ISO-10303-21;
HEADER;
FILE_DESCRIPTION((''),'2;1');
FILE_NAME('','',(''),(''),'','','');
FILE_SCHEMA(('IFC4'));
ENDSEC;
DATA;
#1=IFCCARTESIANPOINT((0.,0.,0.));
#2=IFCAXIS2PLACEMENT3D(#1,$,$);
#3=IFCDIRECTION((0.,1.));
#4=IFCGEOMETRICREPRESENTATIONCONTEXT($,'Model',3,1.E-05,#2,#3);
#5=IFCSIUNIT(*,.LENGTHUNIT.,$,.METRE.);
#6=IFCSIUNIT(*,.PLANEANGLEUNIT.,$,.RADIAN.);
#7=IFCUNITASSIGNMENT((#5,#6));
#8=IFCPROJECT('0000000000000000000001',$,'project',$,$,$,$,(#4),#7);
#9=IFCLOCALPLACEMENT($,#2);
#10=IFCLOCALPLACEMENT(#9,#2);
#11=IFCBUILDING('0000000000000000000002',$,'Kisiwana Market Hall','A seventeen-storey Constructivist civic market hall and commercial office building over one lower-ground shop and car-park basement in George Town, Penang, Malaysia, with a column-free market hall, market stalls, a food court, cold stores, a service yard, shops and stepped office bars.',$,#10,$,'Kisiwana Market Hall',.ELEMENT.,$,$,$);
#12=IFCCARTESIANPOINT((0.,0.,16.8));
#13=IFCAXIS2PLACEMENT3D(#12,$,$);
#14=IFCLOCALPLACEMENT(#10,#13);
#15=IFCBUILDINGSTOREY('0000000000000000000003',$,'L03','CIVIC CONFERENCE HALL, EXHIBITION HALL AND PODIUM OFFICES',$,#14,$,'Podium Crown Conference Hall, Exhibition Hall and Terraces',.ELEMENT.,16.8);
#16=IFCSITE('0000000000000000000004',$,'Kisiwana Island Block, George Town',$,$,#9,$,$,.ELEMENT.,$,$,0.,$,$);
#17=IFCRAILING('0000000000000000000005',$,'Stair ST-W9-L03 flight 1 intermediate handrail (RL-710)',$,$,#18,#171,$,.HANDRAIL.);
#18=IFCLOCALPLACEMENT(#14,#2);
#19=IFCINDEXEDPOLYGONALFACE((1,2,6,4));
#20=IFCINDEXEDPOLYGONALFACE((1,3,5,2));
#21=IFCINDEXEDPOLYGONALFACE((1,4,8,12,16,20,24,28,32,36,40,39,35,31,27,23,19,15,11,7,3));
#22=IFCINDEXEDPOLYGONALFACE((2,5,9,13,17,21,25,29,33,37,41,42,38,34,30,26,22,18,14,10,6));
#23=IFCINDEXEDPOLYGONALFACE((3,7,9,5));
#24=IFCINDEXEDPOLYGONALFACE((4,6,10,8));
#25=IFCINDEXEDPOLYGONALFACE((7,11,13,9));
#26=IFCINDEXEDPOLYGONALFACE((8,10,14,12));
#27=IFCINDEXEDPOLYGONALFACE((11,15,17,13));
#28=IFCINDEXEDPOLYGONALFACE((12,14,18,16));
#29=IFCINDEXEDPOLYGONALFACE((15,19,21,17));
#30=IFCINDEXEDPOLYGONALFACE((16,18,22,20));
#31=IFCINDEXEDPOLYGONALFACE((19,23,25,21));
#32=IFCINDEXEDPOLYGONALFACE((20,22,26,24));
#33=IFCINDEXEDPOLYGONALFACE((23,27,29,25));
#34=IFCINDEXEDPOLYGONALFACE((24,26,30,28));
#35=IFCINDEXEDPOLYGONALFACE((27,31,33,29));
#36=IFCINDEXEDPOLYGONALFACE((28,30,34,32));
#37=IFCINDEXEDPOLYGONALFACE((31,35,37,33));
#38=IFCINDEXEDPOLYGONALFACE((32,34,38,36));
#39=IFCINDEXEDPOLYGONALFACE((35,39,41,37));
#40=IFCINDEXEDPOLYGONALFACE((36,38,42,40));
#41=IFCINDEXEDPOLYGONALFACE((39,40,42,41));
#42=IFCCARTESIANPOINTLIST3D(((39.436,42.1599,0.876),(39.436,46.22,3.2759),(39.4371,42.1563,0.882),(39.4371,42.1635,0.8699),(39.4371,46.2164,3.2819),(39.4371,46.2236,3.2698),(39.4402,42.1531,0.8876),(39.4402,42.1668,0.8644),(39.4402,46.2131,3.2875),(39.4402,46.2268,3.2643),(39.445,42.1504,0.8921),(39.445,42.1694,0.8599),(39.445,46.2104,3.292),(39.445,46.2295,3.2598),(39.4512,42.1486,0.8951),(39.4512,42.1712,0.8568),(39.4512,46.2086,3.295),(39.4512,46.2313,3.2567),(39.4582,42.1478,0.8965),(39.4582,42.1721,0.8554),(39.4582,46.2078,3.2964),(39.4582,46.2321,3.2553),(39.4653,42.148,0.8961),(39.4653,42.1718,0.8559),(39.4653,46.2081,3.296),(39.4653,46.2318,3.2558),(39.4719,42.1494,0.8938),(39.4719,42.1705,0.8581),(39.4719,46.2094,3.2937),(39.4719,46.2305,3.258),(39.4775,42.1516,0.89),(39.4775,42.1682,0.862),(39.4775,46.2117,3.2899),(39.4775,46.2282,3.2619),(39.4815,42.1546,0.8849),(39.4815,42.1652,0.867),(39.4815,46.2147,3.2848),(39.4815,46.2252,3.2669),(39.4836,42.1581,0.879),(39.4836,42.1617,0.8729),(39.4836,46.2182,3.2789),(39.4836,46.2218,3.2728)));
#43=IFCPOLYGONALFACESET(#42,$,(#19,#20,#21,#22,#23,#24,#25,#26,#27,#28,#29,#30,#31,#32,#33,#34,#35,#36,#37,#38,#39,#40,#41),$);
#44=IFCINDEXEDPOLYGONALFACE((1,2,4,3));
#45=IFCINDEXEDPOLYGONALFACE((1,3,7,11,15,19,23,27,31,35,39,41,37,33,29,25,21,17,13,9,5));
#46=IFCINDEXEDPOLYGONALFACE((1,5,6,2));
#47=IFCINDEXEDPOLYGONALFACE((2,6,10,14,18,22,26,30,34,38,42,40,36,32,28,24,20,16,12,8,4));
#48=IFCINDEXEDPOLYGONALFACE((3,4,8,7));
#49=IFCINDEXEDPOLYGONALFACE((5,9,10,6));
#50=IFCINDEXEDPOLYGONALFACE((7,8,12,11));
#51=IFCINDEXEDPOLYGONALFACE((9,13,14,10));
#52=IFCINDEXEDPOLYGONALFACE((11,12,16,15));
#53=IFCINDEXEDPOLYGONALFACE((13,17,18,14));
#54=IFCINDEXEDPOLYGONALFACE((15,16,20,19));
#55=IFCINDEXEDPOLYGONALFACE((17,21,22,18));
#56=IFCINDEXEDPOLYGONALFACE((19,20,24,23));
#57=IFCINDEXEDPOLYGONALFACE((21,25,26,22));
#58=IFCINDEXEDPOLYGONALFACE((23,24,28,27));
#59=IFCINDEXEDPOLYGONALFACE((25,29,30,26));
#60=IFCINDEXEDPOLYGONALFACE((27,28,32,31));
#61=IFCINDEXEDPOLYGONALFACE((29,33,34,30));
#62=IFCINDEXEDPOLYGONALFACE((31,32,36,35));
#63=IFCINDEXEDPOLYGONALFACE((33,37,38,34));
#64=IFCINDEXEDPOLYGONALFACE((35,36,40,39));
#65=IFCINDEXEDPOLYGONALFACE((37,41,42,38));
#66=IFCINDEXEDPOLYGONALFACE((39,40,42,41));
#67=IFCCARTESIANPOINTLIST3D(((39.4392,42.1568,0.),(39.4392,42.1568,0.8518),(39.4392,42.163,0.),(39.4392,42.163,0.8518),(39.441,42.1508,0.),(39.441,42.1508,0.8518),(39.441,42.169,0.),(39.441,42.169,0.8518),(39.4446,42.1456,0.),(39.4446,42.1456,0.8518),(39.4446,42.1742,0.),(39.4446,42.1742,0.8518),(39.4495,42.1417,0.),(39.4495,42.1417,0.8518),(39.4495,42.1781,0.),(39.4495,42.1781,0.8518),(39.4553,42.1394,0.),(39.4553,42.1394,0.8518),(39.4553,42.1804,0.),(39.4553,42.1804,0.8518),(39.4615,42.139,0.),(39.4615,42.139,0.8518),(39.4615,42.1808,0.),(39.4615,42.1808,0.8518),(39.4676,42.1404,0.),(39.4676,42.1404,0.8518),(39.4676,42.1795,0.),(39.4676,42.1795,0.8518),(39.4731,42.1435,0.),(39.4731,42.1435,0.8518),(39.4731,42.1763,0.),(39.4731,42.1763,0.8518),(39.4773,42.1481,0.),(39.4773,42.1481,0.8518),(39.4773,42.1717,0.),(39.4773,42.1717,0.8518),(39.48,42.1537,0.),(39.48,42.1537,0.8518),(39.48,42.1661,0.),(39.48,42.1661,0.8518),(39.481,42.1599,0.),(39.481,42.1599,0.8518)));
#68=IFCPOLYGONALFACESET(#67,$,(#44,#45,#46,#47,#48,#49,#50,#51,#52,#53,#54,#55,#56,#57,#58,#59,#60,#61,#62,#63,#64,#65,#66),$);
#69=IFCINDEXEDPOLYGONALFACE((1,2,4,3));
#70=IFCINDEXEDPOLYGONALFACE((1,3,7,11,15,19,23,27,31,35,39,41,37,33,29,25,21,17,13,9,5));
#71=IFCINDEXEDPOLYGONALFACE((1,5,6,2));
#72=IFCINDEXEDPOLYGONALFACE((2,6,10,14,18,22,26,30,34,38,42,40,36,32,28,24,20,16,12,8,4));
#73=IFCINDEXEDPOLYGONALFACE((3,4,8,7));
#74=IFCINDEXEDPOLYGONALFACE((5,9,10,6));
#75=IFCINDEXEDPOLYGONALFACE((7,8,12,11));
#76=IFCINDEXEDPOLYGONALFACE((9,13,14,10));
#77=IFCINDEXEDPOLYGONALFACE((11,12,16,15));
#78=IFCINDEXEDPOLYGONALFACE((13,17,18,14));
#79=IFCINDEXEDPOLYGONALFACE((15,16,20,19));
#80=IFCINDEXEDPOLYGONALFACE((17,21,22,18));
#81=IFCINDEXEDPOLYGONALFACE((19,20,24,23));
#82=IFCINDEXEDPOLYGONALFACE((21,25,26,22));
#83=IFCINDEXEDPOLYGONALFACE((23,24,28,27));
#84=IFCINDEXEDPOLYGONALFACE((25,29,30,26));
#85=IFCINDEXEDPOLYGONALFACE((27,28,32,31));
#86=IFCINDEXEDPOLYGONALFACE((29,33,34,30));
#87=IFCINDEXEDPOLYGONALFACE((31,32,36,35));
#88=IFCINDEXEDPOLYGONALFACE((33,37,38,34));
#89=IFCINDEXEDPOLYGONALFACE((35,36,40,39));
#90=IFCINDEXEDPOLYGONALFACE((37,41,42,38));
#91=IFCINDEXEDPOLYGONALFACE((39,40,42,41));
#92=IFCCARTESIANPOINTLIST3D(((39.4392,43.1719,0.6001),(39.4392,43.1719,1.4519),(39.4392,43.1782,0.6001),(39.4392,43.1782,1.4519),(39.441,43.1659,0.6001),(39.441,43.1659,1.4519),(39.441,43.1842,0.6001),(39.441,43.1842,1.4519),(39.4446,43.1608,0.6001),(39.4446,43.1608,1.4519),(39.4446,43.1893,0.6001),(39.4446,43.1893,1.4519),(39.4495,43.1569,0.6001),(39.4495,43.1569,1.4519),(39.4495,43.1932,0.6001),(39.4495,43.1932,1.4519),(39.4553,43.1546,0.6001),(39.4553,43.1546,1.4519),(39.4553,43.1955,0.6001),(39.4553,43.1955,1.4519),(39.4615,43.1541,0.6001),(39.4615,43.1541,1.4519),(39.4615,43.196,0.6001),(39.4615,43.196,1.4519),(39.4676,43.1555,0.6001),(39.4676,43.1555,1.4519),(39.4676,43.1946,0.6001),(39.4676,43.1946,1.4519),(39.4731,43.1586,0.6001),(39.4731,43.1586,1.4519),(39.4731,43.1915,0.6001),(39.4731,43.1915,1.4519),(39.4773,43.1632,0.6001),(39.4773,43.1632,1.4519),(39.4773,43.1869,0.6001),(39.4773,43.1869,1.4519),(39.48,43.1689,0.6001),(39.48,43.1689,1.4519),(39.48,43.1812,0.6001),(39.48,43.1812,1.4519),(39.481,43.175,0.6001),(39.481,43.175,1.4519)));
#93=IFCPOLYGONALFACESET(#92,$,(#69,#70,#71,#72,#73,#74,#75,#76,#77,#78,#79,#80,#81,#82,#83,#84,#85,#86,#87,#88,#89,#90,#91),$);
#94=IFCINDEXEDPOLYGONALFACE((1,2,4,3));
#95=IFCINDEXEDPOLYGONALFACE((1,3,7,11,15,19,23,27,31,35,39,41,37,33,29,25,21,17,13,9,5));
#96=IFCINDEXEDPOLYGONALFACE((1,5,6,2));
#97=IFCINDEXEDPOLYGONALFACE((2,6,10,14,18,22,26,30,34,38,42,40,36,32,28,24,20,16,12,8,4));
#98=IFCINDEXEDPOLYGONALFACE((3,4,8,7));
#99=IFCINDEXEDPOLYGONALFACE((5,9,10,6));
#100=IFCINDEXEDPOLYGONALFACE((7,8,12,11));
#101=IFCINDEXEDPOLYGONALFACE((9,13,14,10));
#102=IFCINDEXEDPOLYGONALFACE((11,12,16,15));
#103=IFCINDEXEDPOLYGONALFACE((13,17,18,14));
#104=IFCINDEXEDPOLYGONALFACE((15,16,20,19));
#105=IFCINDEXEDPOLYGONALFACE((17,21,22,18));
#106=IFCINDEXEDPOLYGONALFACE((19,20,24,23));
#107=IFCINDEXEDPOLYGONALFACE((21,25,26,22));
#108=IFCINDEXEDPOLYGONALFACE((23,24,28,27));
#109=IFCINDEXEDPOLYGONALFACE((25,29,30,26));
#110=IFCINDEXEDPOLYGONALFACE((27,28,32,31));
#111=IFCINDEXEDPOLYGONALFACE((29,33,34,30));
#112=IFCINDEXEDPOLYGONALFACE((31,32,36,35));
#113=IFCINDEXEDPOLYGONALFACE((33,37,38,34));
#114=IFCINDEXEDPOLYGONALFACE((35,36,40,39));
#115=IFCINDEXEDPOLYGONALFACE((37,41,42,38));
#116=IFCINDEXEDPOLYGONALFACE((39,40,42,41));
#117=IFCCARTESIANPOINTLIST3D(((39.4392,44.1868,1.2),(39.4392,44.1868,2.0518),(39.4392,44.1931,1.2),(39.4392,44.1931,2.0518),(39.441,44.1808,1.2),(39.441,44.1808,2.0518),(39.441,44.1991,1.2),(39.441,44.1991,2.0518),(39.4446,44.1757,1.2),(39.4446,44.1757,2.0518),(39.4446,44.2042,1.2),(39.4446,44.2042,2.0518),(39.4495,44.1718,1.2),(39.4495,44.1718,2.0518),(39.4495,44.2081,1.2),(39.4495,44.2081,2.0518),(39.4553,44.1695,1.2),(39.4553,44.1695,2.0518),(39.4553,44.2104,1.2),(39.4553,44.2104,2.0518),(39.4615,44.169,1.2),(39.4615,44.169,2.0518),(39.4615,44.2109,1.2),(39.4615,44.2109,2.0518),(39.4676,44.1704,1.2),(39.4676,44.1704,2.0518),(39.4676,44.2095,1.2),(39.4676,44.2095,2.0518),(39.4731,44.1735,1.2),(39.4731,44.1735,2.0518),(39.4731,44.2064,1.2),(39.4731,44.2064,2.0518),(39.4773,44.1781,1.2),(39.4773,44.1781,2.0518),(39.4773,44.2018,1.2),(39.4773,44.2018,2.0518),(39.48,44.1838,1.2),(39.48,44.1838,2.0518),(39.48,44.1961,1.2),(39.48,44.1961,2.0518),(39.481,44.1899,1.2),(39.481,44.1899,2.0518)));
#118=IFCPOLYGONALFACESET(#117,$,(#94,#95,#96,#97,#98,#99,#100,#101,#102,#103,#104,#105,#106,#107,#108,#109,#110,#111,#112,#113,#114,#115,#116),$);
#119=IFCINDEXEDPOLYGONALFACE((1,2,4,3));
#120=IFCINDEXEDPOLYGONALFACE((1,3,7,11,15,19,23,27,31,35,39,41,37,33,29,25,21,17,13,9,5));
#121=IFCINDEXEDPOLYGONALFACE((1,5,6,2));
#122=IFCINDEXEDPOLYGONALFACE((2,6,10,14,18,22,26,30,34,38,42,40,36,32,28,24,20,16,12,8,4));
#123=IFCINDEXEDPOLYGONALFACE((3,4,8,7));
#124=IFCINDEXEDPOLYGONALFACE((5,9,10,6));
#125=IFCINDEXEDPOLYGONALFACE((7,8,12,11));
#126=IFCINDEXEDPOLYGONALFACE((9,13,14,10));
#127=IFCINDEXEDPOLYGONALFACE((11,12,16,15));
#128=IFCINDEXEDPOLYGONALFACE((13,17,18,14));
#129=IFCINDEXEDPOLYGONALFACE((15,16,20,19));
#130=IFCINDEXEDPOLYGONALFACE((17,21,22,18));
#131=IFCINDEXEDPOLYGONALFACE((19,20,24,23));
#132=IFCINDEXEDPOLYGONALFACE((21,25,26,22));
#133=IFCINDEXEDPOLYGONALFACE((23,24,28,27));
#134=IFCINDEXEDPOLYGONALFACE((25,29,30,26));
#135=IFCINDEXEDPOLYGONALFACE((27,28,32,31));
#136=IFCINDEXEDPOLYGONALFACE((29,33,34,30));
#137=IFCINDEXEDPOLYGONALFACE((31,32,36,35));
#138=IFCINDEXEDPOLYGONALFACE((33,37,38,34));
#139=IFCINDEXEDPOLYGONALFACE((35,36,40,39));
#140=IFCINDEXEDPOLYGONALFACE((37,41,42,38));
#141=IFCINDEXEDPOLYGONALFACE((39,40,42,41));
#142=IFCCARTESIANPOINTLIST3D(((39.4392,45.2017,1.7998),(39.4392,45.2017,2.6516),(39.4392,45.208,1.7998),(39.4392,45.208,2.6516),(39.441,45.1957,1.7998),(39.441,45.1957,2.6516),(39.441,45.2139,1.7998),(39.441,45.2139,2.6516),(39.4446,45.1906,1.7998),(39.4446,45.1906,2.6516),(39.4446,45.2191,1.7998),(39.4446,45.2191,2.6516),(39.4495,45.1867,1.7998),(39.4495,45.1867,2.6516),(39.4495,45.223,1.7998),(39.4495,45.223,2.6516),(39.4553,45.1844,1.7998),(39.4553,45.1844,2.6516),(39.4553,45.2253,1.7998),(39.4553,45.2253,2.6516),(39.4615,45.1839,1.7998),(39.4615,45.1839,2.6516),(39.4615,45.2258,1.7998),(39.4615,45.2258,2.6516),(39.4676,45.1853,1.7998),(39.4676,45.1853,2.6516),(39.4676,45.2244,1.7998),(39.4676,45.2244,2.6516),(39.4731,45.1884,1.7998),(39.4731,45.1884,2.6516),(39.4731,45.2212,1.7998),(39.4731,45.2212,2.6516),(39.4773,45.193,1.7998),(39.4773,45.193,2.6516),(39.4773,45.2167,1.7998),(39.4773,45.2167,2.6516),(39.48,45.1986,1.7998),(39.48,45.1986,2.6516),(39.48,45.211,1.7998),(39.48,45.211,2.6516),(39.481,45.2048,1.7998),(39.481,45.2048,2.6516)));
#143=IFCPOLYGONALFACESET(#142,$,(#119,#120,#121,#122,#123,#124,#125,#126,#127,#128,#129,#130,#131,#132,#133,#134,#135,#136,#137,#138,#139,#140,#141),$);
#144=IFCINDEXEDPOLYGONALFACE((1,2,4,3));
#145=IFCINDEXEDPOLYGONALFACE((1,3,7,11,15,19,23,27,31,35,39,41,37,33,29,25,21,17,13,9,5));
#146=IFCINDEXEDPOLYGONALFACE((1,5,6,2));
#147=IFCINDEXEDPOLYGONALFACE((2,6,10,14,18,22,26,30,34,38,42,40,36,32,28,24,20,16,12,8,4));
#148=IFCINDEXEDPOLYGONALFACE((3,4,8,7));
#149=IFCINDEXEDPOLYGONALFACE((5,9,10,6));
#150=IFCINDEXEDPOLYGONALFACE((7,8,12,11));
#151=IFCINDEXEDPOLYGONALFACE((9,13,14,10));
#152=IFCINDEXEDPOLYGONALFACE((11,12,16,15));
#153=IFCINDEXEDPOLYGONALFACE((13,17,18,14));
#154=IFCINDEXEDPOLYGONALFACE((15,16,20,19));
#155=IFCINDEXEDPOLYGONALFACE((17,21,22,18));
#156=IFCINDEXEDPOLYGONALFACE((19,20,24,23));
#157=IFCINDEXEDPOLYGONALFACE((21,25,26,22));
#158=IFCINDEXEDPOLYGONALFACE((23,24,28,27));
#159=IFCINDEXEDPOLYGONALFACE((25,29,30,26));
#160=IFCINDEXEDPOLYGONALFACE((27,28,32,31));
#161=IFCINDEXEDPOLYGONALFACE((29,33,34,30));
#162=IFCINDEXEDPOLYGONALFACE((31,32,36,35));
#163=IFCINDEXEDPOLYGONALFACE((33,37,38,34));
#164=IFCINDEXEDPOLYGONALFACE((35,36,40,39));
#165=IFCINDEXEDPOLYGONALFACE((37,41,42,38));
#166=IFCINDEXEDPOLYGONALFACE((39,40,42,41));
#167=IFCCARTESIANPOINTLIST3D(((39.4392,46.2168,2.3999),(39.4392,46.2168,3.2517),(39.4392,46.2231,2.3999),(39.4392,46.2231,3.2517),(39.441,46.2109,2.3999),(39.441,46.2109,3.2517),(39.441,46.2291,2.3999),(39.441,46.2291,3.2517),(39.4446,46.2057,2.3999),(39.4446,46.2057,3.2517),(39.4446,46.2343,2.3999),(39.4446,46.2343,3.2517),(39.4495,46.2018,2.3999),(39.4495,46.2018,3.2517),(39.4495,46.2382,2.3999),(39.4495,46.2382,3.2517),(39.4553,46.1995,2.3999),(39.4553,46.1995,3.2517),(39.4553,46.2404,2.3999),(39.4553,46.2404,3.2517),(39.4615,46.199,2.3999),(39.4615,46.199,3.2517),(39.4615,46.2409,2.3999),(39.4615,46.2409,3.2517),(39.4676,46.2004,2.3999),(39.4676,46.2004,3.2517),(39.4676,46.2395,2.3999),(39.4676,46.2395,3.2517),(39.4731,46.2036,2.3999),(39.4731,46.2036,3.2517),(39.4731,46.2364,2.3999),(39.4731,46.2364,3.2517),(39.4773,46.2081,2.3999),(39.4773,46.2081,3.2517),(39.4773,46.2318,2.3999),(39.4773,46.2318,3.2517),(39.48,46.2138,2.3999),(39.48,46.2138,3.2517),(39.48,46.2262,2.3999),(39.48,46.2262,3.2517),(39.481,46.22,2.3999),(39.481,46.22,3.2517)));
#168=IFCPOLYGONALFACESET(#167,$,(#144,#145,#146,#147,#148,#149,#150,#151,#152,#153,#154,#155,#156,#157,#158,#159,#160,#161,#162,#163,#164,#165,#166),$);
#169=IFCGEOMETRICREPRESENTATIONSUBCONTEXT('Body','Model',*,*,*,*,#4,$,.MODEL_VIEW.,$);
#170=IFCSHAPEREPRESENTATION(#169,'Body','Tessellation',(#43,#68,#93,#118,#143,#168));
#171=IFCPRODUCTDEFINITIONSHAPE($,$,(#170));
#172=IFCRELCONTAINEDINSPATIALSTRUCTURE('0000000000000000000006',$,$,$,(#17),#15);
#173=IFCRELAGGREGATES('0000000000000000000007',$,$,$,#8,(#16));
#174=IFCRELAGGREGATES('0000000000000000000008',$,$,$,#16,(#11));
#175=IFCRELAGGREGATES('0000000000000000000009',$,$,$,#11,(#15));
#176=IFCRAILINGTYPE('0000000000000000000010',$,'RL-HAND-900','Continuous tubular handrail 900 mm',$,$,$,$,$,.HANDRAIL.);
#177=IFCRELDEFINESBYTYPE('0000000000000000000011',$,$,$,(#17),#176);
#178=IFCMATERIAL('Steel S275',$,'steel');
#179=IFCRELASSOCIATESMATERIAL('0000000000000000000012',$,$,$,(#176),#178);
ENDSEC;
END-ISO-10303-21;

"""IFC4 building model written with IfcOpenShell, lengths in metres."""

from ifc_helpers import new_model, si_unit, direction, frame, origin, origin_2d, place, context, subcontext, project, spatial, circle, extrude, material, type_object, element, save


model = new_model("IFC4")

# Units and contexts
model_context = context("Model", 3, precision=1e-05, world=origin(), true_north=direction((0.0, 1.0)))
body_context = subcontext(model_context, "Body", "Model", "MODEL_VIEW")
ifc_project = project(units=[si_unit("LENGTHUNIT", "METRE"), si_unit("PLANEANGLEUNIT", "RADIAN")], contexts=[model_context])

# Site, building, storey
site_placement = place(None, origin())
site = spatial("IfcSite", under=ifc_project, at=site_placement, Name="Kisiwana Island Block, George Town", CompositionType="ELEMENT", RefElevation=0.0)
building_placement = place(site_placement, origin())
building = spatial("IfcBuilding", under=site, at=building_placement, Name="Kisiwana Market Hall", Description="A seventeen-storey Constructivist civic market hall and commercial office building over one lower-ground shop and car-park basement in George Town, Penang, Malaysia, with a column-free market hall, market stalls, a food court, cold stores, a service yard, shops and stepped office bars.", LongName="Kisiwana Market Hall", CompositionType="ELEMENT")
storey_placement = place(building_placement, frame((0.0, 0.0, 16.8)))
storey = spatial("IfcBuildingStorey", under=building, at=storey_placement, Name="L03", Description="CIVIC CONFERENCE HALL, EXHIBITION HALL AND PODIUM OFFICES", LongName="Podium Crown Conference Hall, Exhibition Hall and Terraces", CompositionType="ELEMENT", Elevation=16.8)

# Railing
ifc_material_1 = material(Name="Steel S275", Category="steel")
railing_type_1 = type_object("IfcRailingType", Name="RL-HAND-900", Description="Continuous tubular handrail 900 mm", PredefinedType="HANDRAIL", material=ifc_material_1)
railing_1_placement = place(storey_placement, frame((39.46, 42.1599, 0.0)))
element("IfcRailing", 1, at=railing_1_placement, inside=storey, type_object=railing_type_1, Name="Stair ST-W9-L03 flight 1 intermediate handrail (RL-710)", PredefinedType="HANDRAIL", context=body_context, shape_type="SweptSolid", body=[
    extrude(circle(Radius=0.0239, at=origin_2d()), frame((0.0, 0.0, 0.876), z_axis=(0.0, 0.860854, 0.508851), x_axis=(-1.0, 0.0, 0.0)), (0.0, 0.0, 1.0), 4.7163),
    extrude(circle(Radius=0.021, at=origin_2d()), origin(), (0.0, 0.0, 1.0), 0.8518),
    extrude(circle(Radius=0.021, at=origin_2d()), frame((0.0, 1.0151, 0.6001)), (0.0, 0.0, 1.0), 0.8518),
    extrude(circle(Radius=0.021, at=origin_2d()), frame((0.0, 2.03, 1.2)), (0.0, 0.0, 1.0), 0.8518),
    extrude(circle(Radius=0.021, at=origin_2d()), frame((0.0, 3.0449, 1.7998)), (0.0, 0.0, 1.0), 0.8518),
    extrude(circle(Radius=0.021, at=origin_2d()), frame((0.0, 4.0601, 2.3999)), (0.0, 0.0, 1.0), 0.8518),
])

save(model, "model.ifc")
